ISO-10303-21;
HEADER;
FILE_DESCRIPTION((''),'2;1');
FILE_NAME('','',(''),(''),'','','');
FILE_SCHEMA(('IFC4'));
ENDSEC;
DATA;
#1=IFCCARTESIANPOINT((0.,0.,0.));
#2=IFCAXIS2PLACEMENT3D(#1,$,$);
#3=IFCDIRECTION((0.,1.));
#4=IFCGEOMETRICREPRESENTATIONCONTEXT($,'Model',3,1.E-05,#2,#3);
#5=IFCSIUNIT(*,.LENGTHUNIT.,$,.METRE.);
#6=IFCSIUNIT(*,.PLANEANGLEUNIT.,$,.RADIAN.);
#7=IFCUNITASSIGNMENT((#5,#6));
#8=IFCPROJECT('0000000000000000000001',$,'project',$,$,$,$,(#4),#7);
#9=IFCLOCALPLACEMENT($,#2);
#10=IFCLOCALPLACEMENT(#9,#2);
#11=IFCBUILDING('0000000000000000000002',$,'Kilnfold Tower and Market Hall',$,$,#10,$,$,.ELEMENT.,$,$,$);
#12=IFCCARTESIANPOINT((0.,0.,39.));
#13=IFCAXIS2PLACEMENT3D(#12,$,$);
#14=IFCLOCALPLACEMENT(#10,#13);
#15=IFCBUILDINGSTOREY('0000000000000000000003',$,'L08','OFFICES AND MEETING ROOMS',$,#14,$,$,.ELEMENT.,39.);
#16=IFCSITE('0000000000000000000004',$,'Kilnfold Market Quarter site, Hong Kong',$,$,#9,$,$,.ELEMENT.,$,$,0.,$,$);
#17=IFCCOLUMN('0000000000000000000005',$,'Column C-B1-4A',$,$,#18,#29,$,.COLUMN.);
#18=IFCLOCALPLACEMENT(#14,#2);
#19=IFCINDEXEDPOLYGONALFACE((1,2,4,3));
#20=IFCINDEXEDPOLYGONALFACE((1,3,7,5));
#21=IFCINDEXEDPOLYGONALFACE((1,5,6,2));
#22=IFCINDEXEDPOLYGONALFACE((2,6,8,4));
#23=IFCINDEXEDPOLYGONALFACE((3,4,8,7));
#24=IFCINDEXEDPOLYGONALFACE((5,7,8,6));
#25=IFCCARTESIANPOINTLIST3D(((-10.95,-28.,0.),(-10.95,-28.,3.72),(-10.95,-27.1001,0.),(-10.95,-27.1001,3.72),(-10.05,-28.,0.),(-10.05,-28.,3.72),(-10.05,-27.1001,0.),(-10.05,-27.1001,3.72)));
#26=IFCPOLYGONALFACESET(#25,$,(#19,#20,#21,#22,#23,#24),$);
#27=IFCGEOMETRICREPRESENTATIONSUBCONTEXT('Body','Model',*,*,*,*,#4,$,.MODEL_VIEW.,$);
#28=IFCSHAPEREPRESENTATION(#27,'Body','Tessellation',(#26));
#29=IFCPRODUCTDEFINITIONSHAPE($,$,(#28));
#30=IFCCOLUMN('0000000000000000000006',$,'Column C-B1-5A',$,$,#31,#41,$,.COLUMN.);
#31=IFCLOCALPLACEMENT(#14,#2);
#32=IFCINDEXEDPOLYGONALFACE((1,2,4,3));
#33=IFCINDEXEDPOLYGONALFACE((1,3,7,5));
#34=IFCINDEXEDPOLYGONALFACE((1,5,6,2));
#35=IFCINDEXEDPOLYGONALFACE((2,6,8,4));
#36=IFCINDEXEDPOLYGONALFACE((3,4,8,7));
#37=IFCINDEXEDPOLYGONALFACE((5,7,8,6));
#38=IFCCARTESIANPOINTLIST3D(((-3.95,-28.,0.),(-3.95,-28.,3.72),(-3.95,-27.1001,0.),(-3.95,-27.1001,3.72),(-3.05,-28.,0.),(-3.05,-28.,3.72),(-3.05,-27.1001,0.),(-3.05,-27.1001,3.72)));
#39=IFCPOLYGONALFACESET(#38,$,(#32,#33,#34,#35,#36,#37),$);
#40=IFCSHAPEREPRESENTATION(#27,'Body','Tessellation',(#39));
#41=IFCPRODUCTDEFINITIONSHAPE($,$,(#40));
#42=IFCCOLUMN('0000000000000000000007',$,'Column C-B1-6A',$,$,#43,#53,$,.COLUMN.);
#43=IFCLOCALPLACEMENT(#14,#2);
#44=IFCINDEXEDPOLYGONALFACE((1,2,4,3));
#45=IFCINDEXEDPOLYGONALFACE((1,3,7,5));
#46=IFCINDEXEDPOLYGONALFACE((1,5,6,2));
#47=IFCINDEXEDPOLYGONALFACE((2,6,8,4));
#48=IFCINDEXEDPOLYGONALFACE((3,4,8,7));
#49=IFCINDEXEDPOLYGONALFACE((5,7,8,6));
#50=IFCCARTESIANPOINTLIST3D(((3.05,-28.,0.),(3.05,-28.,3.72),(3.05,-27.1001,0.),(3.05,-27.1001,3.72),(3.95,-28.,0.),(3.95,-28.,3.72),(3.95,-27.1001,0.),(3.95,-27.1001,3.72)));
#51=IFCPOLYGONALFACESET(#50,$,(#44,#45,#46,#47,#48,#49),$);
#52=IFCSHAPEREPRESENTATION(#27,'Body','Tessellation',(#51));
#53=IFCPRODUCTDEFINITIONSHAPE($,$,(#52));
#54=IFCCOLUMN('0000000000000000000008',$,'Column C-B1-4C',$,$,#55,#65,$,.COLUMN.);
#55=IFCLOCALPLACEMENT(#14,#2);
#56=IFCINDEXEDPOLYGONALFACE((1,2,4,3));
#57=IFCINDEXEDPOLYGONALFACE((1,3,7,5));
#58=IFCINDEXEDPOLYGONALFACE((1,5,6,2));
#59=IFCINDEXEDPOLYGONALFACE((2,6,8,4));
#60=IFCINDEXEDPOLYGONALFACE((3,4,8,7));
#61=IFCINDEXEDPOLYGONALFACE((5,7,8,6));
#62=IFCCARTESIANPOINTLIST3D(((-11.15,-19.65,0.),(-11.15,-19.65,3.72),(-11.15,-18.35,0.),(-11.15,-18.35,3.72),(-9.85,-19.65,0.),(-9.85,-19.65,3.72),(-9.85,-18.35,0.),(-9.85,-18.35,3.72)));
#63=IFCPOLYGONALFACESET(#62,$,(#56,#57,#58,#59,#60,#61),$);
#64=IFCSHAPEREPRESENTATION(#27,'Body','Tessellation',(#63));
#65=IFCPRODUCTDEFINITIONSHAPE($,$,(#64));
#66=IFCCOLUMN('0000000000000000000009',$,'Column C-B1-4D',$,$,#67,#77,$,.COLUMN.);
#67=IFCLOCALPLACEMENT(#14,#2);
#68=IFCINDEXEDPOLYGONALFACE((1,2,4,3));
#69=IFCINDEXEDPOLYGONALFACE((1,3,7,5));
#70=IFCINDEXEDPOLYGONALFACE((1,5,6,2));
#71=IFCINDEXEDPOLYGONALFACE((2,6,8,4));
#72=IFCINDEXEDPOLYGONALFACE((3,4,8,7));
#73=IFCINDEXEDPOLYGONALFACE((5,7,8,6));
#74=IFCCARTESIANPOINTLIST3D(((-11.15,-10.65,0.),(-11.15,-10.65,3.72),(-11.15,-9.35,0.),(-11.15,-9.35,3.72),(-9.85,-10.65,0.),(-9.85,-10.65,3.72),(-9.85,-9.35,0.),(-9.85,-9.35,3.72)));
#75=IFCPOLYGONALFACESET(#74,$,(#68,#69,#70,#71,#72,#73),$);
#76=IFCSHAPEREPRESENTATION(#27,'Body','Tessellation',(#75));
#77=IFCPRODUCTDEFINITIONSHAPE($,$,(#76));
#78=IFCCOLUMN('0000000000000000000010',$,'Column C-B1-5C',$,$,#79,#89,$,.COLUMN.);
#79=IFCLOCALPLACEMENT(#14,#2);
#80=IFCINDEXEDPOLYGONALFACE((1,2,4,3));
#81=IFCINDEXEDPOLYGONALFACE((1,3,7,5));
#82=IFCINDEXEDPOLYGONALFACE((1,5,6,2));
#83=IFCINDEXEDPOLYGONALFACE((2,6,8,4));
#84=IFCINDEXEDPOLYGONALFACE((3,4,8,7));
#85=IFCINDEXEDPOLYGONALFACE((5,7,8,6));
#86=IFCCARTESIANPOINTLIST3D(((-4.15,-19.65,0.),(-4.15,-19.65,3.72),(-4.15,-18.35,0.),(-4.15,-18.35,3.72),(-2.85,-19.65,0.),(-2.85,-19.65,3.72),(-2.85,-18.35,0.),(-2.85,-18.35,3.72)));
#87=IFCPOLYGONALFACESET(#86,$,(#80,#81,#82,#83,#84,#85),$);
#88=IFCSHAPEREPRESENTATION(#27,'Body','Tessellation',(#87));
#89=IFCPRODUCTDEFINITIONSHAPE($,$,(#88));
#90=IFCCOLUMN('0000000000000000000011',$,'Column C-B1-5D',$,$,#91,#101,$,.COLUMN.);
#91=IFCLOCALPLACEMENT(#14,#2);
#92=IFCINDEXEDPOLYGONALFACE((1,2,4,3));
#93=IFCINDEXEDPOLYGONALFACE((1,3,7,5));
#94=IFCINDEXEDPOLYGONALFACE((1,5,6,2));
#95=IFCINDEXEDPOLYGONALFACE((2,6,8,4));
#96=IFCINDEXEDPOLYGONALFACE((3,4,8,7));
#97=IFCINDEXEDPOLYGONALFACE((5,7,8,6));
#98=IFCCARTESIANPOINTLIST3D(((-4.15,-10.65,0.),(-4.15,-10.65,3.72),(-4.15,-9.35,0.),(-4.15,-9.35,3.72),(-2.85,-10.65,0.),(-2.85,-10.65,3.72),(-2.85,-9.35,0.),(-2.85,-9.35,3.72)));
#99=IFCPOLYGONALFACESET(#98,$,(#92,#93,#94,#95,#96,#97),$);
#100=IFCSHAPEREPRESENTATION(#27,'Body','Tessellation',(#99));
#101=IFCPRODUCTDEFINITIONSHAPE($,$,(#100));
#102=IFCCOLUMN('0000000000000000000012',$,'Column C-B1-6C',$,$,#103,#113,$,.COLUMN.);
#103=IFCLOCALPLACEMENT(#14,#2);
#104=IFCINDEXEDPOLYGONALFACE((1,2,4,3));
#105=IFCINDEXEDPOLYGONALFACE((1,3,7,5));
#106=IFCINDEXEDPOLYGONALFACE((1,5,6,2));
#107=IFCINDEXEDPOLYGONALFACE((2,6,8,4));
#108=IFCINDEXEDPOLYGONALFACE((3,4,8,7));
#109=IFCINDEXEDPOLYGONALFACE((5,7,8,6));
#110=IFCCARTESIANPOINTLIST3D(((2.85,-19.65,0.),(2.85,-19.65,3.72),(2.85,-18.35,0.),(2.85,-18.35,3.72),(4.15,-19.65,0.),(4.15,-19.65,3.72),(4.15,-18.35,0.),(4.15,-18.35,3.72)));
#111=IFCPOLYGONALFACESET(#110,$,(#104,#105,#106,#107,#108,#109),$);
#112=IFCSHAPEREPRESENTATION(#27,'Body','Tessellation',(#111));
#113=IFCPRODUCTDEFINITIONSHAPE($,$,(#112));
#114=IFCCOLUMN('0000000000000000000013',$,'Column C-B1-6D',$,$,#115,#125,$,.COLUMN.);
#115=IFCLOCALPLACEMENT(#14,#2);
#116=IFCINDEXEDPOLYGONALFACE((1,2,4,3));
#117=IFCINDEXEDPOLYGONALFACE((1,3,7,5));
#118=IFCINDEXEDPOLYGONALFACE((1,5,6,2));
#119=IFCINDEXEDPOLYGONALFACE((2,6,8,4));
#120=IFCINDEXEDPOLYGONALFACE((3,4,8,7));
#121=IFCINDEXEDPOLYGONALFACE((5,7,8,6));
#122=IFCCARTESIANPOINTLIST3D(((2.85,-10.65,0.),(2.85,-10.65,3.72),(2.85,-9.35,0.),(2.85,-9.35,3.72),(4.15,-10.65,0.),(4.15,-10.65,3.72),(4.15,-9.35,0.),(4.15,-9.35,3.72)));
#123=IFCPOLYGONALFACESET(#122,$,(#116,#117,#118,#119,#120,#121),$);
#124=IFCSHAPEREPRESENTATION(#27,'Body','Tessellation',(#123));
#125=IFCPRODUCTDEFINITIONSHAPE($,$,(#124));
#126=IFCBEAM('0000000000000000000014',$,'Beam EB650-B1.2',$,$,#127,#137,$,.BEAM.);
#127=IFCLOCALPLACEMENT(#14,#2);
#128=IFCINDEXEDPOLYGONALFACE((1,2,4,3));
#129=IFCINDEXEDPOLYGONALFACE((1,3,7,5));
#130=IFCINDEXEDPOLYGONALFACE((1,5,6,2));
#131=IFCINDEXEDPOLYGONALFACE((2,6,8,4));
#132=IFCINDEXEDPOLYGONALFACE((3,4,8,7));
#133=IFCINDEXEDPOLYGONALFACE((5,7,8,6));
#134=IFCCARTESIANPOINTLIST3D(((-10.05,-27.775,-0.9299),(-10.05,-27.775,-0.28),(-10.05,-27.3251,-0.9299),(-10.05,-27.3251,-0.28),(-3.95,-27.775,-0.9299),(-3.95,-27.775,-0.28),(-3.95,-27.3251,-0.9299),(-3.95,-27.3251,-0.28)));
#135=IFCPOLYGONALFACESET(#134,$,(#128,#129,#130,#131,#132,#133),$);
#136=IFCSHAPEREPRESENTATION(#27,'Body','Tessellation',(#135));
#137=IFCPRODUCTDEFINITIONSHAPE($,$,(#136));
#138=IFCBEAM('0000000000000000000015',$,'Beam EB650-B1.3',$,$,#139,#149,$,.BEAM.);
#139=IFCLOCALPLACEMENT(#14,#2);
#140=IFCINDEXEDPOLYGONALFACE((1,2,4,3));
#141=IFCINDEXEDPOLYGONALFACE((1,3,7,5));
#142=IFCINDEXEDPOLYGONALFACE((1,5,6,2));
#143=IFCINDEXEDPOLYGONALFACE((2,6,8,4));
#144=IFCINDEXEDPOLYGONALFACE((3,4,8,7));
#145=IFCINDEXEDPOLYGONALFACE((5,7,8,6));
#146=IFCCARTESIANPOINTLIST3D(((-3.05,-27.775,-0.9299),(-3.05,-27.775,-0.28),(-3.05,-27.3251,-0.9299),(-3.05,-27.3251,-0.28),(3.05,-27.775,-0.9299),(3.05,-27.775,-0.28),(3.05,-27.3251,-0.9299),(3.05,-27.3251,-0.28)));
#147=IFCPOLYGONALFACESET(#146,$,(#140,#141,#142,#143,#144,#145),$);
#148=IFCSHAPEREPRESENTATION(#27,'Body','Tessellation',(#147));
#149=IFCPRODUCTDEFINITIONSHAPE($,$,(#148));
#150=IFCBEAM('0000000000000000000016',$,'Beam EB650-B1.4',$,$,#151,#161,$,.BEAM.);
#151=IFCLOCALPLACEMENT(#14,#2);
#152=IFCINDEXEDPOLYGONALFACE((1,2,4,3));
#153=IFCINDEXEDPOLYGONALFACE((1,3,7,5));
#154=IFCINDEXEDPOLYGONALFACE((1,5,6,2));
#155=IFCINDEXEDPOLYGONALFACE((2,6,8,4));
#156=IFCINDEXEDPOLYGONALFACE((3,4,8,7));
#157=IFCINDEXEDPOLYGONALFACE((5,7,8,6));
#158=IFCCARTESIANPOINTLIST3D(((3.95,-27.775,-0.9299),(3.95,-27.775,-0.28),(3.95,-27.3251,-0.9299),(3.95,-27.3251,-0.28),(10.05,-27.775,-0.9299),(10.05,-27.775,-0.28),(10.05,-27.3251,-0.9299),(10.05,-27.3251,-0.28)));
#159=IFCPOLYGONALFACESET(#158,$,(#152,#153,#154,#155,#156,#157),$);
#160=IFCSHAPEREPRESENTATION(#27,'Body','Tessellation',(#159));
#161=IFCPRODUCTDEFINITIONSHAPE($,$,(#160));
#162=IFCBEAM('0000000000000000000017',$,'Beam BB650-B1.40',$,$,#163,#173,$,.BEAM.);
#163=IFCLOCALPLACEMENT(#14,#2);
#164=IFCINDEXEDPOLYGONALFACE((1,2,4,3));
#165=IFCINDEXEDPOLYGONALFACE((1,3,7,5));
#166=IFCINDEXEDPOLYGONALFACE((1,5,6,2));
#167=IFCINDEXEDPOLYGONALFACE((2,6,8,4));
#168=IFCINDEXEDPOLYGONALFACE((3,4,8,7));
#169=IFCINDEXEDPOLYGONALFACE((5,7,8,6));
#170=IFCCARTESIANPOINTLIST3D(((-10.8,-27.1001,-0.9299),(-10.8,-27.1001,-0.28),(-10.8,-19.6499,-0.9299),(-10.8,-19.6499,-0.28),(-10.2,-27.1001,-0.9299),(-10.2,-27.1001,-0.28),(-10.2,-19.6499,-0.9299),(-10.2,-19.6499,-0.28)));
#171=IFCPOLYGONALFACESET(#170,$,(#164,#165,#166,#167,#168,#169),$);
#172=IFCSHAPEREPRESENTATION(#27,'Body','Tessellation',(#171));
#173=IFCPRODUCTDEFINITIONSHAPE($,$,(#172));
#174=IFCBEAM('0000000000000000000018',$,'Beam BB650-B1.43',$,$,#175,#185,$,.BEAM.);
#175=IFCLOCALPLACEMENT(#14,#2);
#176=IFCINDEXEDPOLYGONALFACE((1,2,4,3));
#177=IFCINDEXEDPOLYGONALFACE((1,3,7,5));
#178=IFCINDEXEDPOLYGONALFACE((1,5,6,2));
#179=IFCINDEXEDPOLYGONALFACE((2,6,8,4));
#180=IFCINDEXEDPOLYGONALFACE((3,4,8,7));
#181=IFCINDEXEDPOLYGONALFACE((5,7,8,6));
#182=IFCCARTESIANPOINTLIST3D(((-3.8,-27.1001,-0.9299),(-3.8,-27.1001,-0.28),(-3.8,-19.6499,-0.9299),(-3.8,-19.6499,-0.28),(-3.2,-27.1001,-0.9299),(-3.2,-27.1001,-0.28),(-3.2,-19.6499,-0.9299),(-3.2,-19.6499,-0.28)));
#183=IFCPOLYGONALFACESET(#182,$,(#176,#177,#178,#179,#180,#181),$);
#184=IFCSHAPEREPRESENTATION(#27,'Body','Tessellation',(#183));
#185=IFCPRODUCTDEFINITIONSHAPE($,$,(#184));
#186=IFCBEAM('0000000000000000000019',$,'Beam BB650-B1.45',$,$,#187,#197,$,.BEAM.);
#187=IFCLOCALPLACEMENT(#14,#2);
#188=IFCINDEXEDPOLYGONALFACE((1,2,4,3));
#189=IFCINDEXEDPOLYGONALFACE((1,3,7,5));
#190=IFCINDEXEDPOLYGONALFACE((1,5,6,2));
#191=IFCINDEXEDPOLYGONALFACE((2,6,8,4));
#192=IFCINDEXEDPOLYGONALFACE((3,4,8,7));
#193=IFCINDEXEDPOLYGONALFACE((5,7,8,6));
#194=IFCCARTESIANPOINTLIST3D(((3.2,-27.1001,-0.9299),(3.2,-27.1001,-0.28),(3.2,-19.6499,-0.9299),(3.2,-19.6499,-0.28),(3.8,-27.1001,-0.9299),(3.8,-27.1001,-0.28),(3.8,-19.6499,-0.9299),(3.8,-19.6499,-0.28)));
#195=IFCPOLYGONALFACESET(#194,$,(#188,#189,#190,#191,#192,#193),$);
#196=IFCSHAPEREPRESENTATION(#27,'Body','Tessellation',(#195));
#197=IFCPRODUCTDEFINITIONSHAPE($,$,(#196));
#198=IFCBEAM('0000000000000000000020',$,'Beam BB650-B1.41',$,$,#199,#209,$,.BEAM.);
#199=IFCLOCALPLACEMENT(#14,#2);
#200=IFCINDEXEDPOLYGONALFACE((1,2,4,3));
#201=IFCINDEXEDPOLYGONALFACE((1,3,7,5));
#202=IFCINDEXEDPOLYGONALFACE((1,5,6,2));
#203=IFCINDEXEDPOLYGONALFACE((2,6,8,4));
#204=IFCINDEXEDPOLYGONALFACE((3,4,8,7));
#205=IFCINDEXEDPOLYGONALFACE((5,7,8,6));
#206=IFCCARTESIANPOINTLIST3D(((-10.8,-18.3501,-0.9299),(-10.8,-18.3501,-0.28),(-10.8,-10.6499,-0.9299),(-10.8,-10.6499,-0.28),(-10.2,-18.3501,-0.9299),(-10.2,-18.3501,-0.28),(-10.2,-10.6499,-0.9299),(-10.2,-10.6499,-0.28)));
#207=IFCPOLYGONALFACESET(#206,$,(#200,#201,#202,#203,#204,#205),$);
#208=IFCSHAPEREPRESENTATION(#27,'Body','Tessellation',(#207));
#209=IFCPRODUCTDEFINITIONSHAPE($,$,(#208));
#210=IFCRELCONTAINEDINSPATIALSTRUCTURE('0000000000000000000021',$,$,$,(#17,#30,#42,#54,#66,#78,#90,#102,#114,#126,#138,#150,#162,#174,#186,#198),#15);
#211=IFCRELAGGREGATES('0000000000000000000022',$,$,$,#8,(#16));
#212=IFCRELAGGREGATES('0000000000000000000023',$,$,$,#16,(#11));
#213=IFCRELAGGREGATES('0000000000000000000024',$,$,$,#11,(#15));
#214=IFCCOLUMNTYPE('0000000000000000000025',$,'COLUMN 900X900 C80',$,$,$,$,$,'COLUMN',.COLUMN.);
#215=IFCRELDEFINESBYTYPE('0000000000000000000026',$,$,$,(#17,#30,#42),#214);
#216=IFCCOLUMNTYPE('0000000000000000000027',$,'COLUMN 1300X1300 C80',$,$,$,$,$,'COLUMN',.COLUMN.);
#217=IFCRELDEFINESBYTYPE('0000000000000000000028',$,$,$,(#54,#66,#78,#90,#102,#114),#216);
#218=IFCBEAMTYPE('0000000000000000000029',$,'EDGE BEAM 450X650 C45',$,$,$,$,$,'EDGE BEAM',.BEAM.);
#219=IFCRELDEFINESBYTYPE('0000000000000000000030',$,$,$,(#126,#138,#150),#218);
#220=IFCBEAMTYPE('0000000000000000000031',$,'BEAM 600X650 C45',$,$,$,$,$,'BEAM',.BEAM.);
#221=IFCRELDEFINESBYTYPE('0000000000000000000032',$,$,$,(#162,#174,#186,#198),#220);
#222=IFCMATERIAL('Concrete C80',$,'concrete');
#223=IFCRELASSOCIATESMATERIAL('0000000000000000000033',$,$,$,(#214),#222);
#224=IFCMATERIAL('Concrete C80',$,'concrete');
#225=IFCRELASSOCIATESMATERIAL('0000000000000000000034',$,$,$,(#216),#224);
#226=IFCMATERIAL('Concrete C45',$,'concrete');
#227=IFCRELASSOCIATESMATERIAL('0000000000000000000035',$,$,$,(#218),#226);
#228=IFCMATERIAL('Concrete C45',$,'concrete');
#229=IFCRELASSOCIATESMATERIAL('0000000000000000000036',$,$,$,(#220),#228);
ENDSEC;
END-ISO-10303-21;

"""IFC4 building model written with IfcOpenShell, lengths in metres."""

from ifc_helpers import new_model, si_unit, direction, frame, origin, origin_2d, place, context, subcontext, project, spatial, rectangle, extrude, source, transform, mapped, material, material_profile, profile_set, type_object, element, save


model = new_model("IFC4")

# Units and contexts
model_context = context("Model", 3, precision=1e-05, world=origin(), true_north=direction((0.0, 1.0)))
body_context = subcontext(model_context, "Body", "Model", "MODEL_VIEW")
ifc_project = project(units=[si_unit("LENGTHUNIT", "METRE"), si_unit("PLANEANGLEUNIT", "RADIAN")], contexts=[model_context])

# Site, building, storey
site_placement = place(None, origin())
site = spatial("IfcSite", under=ifc_project, at=site_placement, Name="Kilnfold Market Quarter site, Hong Kong", CompositionType="ELEMENT", RefElevation=0.0)
building_placement = place(site_placement, origin())
building = spatial("IfcBuilding", under=site, at=building_placement, Name="Kilnfold Tower and Market Hall", CompositionType="ELEMENT")
storey_placement = place(building_placement, frame((0.0, 0.0, 39.0)))
storey = spatial("IfcBuildingStorey", under=building, at=storey_placement, Name="L08", Description="OFFICES AND MEETING ROOMS", CompositionType="ELEMENT", Elevation=39.0)

# Columns
ifc_material_1 = material(Name="Concrete C80", Category="concrete")
ifc_material_profile_1 = material_profile(ifc_material_1, rectangle(XDim=0.8999, YDim=0.8999, at=origin_2d()), Name="RC 900x900")
ifc_profile_set_1 = profile_set([ifc_material_profile_1], Name="Concrete C80")
column_type_1 = type_object("IfcColumnType", Name="COLUMN 900X900 C80", ElementType="COLUMN", PredefinedType="COLUMN", material=ifc_profile_set_1)
shared_shape_1 = source(origin(), body_context, "Body", "SweptSolid", [
    extrude(rectangle(XDim=0.8999, YDim=0.8999, at=origin_2d()), origin(), (0.0, 0.0, 1.0), 3.72),
])
for number, where, z_axis, x_axis, name in (
    (1, (-10.5, -27.55, 0.0), (0.0, 0.0, 1.0), (1.0, 0.0, 0.0), "Column C-B1-4A"),
    (2, (-3.5, -27.55, 0.0), (0.0, 0.0, 1.0), (1.0, 0.0, 0.0), "Column C-B1-5A"),
    (3, (3.5, -27.55, 0.0), (0.0, 0.0, 1.0), (1.0, 0.0, 0.0), "Column C-B1-6A"),
):
    element("IfcColumn", number, at=place(storey_placement, frame(where, z_axis=z_axis, x_axis=x_axis)), inside=storey, type_object=column_type_1, Name=name, PredefinedType="COLUMN", context=body_context, shape_type="MappedRepresentation", body=[
        mapped(shared_shape_1, transform((0.0, 0.0, 0.0))),
    ])
ifc_material_2 = material(Name="Concrete C80", Category="concrete")
ifc_material_profile_2 = material_profile(ifc_material_2, rectangle(XDim=1.3, YDim=1.3, at=origin_2d()), Name="RC 1300x1300")
ifc_profile_set_2 = profile_set([ifc_material_profile_2], Name="Concrete C80")
column_type_2 = type_object("IfcColumnType", Name="COLUMN 1300X1300 C80", ElementType="COLUMN", PredefinedType="COLUMN", material=ifc_profile_set_2)
shared_shape_2 = source(origin(), body_context, "Body", "SweptSolid", [
    extrude(rectangle(XDim=1.3, YDim=1.3, at=origin_2d()), origin(), (0.0, 0.0, 1.0), 3.72),
])
for number, where, z_axis, x_axis, name in (
    (4, (-10.5, -19.0, 0.0), (0.0, 0.0, 1.0), (1.0, 0.0, 0.0), "Column C-B1-4C"),
    (5, (-10.5, -10.0, 0.0), (0.0, 0.0, 1.0), (1.0, 0.0, 0.0), "Column C-B1-4D"),
    (6, (-3.5, -19.0, 0.0), (0.0, 0.0, 1.0), (1.0, 0.0, 0.0), "Column C-B1-5C"),
    (7, (-3.5, -10.0, 0.0), (0.0, 0.0, 1.0), (1.0, 0.0, 0.0), "Column C-B1-5D"),
    (8, (3.5, -19.0, 0.0), (0.0, 0.0, 1.0), (1.0, 0.0, 0.0), "Column C-B1-6C"),
    (9, (3.5, -10.0, 0.0), (0.0, 0.0, 1.0), (1.0, 0.0, 0.0), "Column C-B1-6D"),
):
    element("IfcColumn", number, at=place(storey_placement, frame(where, z_axis=z_axis, x_axis=x_axis)), inside=storey, type_object=column_type_2, Name=name, PredefinedType="COLUMN", context=body_context, shape_type="MappedRepresentation", body=[
        mapped(shared_shape_2, transform((0.0, 0.0, 0.0))),
    ])

# Beams
ifc_material_3 = material(Name="Concrete C45", Category="concrete")
ifc_material_profile_3 = material_profile(ifc_material_3, rectangle(XDim=0.45, YDim=0.6499, at=origin_2d()), Name="RC 450x650")
ifc_profile_set_3 = profile_set([ifc_material_profile_3], Name="Concrete C45")
beam_type_1 = type_object("IfcBeamType", Name="EDGE BEAM 450X650 C45", ElementType="EDGE BEAM", PredefinedType="BEAM", material=ifc_profile_set_3)
shared_shape_3 = source(origin(), body_context, "Body", "SweptSolid", [
    extrude(rectangle(XDim=0.45, YDim=0.6499, at=origin_2d()), origin(), (0.0, 0.0, 1.0), 6.1001),
])
for number, where, z_axis, x_axis, name in (
    (10, (-10.05, -27.55, -0.605), (1.0, 0.0, 0.0), (0.0, 1.0, 0.0), "Beam EB650-B1.2"),
    (11, (-3.05, -27.55, -0.605), (1.0, 0.0, 0.0), (0.0, 1.0, 0.0), "Beam EB650-B1.3"),
    (12, (3.95, -27.55, -0.605), (1.0, 0.0, 0.0), (0.0, 1.0, 0.0), "Beam EB650-B1.4"),
):
    element("IfcBeam", number, at=place(storey_placement, frame(where, z_axis=z_axis, x_axis=x_axis)), inside=storey, type_object=beam_type_1, Name=name, PredefinedType="BEAM", context=body_context, shape_type="MappedRepresentation", body=[
        mapped(shared_shape_3, transform((0.0, 0.0, 0.0))),
    ])
ifc_material_4 = material(Name="Concrete C45", Category="concrete")
ifc_material_profile_4 = material_profile(ifc_material_4, rectangle(XDim=0.6001, YDim=0.6499, at=origin_2d()), Name="RC 600x650")
ifc_profile_set_4 = profile_set([ifc_material_profile_4], Name="Concrete C45")
beam_type_2 = type_object("IfcBeamType", Name="BEAM 600X650 C45", ElementType="BEAM", PredefinedType="BEAM", material=ifc_profile_set_4)
shared_shape_4 = source(origin(), body_context, "Body", "SweptSolid", [
    extrude(rectangle(XDim=0.6001, YDim=0.6499, at=origin_2d()), origin(), (0.0, 0.0, 1.0), 7.4502),
])
for number, where, z_axis, x_axis, name in (
    (13, (-10.5, -27.1001, -0.605), (0.0, 1.0, 0.0), (-1.0, 0.0, 0.0), "Beam BB650-B1.40"),
    (14, (-3.5, -27.1001, -0.605), (0.0, 1.0, 0.0), (-1.0, 0.0, 0.0), "Beam BB650-B1.43"),
    (15, (3.5, -27.1001, -0.605), (0.0, 1.0, 0.0), (-1.0, 0.0, 0.0), "Beam BB650-B1.45"),
):
    element("IfcBeam", number, at=place(storey_placement, frame(where, z_axis=z_axis, x_axis=x_axis)), inside=storey, type_object=beam_type_2, Name=name, PredefinedType="BEAM", context=body_context, shape_type="MappedRepresentation", body=[
        mapped(shared_shape_4, transform((0.0, 0.0, 0.0))),
    ])
shared_shape_5 = source(origin(), body_context, "Body", "SweptSolid", [
    extrude(rectangle(XDim=0.6001, YDim=0.6499, at=origin_2d()), origin(), (0.0, 0.0, 1.0), 7.7002),
])
for number, where, z_axis, x_axis, name in (
    (16, (-10.5, -18.3501, -0.605), (0.0, 1.0, 0.0), (-1.0, 0.0, 0.0), "Beam BB650-B1.41"),
):
    element("IfcBeam", number, at=place(storey_placement, frame(where, z_axis=z_axis, x_axis=x_axis)), inside=storey, type_object=beam_type_2, Name=name, PredefinedType="BEAM", context=body_context, shape_type="MappedRepresentation", body=[
        mapped(shared_shape_5, transform((0.0, 0.0, 0.0))),
    ])

save(model, "model.ifc")
